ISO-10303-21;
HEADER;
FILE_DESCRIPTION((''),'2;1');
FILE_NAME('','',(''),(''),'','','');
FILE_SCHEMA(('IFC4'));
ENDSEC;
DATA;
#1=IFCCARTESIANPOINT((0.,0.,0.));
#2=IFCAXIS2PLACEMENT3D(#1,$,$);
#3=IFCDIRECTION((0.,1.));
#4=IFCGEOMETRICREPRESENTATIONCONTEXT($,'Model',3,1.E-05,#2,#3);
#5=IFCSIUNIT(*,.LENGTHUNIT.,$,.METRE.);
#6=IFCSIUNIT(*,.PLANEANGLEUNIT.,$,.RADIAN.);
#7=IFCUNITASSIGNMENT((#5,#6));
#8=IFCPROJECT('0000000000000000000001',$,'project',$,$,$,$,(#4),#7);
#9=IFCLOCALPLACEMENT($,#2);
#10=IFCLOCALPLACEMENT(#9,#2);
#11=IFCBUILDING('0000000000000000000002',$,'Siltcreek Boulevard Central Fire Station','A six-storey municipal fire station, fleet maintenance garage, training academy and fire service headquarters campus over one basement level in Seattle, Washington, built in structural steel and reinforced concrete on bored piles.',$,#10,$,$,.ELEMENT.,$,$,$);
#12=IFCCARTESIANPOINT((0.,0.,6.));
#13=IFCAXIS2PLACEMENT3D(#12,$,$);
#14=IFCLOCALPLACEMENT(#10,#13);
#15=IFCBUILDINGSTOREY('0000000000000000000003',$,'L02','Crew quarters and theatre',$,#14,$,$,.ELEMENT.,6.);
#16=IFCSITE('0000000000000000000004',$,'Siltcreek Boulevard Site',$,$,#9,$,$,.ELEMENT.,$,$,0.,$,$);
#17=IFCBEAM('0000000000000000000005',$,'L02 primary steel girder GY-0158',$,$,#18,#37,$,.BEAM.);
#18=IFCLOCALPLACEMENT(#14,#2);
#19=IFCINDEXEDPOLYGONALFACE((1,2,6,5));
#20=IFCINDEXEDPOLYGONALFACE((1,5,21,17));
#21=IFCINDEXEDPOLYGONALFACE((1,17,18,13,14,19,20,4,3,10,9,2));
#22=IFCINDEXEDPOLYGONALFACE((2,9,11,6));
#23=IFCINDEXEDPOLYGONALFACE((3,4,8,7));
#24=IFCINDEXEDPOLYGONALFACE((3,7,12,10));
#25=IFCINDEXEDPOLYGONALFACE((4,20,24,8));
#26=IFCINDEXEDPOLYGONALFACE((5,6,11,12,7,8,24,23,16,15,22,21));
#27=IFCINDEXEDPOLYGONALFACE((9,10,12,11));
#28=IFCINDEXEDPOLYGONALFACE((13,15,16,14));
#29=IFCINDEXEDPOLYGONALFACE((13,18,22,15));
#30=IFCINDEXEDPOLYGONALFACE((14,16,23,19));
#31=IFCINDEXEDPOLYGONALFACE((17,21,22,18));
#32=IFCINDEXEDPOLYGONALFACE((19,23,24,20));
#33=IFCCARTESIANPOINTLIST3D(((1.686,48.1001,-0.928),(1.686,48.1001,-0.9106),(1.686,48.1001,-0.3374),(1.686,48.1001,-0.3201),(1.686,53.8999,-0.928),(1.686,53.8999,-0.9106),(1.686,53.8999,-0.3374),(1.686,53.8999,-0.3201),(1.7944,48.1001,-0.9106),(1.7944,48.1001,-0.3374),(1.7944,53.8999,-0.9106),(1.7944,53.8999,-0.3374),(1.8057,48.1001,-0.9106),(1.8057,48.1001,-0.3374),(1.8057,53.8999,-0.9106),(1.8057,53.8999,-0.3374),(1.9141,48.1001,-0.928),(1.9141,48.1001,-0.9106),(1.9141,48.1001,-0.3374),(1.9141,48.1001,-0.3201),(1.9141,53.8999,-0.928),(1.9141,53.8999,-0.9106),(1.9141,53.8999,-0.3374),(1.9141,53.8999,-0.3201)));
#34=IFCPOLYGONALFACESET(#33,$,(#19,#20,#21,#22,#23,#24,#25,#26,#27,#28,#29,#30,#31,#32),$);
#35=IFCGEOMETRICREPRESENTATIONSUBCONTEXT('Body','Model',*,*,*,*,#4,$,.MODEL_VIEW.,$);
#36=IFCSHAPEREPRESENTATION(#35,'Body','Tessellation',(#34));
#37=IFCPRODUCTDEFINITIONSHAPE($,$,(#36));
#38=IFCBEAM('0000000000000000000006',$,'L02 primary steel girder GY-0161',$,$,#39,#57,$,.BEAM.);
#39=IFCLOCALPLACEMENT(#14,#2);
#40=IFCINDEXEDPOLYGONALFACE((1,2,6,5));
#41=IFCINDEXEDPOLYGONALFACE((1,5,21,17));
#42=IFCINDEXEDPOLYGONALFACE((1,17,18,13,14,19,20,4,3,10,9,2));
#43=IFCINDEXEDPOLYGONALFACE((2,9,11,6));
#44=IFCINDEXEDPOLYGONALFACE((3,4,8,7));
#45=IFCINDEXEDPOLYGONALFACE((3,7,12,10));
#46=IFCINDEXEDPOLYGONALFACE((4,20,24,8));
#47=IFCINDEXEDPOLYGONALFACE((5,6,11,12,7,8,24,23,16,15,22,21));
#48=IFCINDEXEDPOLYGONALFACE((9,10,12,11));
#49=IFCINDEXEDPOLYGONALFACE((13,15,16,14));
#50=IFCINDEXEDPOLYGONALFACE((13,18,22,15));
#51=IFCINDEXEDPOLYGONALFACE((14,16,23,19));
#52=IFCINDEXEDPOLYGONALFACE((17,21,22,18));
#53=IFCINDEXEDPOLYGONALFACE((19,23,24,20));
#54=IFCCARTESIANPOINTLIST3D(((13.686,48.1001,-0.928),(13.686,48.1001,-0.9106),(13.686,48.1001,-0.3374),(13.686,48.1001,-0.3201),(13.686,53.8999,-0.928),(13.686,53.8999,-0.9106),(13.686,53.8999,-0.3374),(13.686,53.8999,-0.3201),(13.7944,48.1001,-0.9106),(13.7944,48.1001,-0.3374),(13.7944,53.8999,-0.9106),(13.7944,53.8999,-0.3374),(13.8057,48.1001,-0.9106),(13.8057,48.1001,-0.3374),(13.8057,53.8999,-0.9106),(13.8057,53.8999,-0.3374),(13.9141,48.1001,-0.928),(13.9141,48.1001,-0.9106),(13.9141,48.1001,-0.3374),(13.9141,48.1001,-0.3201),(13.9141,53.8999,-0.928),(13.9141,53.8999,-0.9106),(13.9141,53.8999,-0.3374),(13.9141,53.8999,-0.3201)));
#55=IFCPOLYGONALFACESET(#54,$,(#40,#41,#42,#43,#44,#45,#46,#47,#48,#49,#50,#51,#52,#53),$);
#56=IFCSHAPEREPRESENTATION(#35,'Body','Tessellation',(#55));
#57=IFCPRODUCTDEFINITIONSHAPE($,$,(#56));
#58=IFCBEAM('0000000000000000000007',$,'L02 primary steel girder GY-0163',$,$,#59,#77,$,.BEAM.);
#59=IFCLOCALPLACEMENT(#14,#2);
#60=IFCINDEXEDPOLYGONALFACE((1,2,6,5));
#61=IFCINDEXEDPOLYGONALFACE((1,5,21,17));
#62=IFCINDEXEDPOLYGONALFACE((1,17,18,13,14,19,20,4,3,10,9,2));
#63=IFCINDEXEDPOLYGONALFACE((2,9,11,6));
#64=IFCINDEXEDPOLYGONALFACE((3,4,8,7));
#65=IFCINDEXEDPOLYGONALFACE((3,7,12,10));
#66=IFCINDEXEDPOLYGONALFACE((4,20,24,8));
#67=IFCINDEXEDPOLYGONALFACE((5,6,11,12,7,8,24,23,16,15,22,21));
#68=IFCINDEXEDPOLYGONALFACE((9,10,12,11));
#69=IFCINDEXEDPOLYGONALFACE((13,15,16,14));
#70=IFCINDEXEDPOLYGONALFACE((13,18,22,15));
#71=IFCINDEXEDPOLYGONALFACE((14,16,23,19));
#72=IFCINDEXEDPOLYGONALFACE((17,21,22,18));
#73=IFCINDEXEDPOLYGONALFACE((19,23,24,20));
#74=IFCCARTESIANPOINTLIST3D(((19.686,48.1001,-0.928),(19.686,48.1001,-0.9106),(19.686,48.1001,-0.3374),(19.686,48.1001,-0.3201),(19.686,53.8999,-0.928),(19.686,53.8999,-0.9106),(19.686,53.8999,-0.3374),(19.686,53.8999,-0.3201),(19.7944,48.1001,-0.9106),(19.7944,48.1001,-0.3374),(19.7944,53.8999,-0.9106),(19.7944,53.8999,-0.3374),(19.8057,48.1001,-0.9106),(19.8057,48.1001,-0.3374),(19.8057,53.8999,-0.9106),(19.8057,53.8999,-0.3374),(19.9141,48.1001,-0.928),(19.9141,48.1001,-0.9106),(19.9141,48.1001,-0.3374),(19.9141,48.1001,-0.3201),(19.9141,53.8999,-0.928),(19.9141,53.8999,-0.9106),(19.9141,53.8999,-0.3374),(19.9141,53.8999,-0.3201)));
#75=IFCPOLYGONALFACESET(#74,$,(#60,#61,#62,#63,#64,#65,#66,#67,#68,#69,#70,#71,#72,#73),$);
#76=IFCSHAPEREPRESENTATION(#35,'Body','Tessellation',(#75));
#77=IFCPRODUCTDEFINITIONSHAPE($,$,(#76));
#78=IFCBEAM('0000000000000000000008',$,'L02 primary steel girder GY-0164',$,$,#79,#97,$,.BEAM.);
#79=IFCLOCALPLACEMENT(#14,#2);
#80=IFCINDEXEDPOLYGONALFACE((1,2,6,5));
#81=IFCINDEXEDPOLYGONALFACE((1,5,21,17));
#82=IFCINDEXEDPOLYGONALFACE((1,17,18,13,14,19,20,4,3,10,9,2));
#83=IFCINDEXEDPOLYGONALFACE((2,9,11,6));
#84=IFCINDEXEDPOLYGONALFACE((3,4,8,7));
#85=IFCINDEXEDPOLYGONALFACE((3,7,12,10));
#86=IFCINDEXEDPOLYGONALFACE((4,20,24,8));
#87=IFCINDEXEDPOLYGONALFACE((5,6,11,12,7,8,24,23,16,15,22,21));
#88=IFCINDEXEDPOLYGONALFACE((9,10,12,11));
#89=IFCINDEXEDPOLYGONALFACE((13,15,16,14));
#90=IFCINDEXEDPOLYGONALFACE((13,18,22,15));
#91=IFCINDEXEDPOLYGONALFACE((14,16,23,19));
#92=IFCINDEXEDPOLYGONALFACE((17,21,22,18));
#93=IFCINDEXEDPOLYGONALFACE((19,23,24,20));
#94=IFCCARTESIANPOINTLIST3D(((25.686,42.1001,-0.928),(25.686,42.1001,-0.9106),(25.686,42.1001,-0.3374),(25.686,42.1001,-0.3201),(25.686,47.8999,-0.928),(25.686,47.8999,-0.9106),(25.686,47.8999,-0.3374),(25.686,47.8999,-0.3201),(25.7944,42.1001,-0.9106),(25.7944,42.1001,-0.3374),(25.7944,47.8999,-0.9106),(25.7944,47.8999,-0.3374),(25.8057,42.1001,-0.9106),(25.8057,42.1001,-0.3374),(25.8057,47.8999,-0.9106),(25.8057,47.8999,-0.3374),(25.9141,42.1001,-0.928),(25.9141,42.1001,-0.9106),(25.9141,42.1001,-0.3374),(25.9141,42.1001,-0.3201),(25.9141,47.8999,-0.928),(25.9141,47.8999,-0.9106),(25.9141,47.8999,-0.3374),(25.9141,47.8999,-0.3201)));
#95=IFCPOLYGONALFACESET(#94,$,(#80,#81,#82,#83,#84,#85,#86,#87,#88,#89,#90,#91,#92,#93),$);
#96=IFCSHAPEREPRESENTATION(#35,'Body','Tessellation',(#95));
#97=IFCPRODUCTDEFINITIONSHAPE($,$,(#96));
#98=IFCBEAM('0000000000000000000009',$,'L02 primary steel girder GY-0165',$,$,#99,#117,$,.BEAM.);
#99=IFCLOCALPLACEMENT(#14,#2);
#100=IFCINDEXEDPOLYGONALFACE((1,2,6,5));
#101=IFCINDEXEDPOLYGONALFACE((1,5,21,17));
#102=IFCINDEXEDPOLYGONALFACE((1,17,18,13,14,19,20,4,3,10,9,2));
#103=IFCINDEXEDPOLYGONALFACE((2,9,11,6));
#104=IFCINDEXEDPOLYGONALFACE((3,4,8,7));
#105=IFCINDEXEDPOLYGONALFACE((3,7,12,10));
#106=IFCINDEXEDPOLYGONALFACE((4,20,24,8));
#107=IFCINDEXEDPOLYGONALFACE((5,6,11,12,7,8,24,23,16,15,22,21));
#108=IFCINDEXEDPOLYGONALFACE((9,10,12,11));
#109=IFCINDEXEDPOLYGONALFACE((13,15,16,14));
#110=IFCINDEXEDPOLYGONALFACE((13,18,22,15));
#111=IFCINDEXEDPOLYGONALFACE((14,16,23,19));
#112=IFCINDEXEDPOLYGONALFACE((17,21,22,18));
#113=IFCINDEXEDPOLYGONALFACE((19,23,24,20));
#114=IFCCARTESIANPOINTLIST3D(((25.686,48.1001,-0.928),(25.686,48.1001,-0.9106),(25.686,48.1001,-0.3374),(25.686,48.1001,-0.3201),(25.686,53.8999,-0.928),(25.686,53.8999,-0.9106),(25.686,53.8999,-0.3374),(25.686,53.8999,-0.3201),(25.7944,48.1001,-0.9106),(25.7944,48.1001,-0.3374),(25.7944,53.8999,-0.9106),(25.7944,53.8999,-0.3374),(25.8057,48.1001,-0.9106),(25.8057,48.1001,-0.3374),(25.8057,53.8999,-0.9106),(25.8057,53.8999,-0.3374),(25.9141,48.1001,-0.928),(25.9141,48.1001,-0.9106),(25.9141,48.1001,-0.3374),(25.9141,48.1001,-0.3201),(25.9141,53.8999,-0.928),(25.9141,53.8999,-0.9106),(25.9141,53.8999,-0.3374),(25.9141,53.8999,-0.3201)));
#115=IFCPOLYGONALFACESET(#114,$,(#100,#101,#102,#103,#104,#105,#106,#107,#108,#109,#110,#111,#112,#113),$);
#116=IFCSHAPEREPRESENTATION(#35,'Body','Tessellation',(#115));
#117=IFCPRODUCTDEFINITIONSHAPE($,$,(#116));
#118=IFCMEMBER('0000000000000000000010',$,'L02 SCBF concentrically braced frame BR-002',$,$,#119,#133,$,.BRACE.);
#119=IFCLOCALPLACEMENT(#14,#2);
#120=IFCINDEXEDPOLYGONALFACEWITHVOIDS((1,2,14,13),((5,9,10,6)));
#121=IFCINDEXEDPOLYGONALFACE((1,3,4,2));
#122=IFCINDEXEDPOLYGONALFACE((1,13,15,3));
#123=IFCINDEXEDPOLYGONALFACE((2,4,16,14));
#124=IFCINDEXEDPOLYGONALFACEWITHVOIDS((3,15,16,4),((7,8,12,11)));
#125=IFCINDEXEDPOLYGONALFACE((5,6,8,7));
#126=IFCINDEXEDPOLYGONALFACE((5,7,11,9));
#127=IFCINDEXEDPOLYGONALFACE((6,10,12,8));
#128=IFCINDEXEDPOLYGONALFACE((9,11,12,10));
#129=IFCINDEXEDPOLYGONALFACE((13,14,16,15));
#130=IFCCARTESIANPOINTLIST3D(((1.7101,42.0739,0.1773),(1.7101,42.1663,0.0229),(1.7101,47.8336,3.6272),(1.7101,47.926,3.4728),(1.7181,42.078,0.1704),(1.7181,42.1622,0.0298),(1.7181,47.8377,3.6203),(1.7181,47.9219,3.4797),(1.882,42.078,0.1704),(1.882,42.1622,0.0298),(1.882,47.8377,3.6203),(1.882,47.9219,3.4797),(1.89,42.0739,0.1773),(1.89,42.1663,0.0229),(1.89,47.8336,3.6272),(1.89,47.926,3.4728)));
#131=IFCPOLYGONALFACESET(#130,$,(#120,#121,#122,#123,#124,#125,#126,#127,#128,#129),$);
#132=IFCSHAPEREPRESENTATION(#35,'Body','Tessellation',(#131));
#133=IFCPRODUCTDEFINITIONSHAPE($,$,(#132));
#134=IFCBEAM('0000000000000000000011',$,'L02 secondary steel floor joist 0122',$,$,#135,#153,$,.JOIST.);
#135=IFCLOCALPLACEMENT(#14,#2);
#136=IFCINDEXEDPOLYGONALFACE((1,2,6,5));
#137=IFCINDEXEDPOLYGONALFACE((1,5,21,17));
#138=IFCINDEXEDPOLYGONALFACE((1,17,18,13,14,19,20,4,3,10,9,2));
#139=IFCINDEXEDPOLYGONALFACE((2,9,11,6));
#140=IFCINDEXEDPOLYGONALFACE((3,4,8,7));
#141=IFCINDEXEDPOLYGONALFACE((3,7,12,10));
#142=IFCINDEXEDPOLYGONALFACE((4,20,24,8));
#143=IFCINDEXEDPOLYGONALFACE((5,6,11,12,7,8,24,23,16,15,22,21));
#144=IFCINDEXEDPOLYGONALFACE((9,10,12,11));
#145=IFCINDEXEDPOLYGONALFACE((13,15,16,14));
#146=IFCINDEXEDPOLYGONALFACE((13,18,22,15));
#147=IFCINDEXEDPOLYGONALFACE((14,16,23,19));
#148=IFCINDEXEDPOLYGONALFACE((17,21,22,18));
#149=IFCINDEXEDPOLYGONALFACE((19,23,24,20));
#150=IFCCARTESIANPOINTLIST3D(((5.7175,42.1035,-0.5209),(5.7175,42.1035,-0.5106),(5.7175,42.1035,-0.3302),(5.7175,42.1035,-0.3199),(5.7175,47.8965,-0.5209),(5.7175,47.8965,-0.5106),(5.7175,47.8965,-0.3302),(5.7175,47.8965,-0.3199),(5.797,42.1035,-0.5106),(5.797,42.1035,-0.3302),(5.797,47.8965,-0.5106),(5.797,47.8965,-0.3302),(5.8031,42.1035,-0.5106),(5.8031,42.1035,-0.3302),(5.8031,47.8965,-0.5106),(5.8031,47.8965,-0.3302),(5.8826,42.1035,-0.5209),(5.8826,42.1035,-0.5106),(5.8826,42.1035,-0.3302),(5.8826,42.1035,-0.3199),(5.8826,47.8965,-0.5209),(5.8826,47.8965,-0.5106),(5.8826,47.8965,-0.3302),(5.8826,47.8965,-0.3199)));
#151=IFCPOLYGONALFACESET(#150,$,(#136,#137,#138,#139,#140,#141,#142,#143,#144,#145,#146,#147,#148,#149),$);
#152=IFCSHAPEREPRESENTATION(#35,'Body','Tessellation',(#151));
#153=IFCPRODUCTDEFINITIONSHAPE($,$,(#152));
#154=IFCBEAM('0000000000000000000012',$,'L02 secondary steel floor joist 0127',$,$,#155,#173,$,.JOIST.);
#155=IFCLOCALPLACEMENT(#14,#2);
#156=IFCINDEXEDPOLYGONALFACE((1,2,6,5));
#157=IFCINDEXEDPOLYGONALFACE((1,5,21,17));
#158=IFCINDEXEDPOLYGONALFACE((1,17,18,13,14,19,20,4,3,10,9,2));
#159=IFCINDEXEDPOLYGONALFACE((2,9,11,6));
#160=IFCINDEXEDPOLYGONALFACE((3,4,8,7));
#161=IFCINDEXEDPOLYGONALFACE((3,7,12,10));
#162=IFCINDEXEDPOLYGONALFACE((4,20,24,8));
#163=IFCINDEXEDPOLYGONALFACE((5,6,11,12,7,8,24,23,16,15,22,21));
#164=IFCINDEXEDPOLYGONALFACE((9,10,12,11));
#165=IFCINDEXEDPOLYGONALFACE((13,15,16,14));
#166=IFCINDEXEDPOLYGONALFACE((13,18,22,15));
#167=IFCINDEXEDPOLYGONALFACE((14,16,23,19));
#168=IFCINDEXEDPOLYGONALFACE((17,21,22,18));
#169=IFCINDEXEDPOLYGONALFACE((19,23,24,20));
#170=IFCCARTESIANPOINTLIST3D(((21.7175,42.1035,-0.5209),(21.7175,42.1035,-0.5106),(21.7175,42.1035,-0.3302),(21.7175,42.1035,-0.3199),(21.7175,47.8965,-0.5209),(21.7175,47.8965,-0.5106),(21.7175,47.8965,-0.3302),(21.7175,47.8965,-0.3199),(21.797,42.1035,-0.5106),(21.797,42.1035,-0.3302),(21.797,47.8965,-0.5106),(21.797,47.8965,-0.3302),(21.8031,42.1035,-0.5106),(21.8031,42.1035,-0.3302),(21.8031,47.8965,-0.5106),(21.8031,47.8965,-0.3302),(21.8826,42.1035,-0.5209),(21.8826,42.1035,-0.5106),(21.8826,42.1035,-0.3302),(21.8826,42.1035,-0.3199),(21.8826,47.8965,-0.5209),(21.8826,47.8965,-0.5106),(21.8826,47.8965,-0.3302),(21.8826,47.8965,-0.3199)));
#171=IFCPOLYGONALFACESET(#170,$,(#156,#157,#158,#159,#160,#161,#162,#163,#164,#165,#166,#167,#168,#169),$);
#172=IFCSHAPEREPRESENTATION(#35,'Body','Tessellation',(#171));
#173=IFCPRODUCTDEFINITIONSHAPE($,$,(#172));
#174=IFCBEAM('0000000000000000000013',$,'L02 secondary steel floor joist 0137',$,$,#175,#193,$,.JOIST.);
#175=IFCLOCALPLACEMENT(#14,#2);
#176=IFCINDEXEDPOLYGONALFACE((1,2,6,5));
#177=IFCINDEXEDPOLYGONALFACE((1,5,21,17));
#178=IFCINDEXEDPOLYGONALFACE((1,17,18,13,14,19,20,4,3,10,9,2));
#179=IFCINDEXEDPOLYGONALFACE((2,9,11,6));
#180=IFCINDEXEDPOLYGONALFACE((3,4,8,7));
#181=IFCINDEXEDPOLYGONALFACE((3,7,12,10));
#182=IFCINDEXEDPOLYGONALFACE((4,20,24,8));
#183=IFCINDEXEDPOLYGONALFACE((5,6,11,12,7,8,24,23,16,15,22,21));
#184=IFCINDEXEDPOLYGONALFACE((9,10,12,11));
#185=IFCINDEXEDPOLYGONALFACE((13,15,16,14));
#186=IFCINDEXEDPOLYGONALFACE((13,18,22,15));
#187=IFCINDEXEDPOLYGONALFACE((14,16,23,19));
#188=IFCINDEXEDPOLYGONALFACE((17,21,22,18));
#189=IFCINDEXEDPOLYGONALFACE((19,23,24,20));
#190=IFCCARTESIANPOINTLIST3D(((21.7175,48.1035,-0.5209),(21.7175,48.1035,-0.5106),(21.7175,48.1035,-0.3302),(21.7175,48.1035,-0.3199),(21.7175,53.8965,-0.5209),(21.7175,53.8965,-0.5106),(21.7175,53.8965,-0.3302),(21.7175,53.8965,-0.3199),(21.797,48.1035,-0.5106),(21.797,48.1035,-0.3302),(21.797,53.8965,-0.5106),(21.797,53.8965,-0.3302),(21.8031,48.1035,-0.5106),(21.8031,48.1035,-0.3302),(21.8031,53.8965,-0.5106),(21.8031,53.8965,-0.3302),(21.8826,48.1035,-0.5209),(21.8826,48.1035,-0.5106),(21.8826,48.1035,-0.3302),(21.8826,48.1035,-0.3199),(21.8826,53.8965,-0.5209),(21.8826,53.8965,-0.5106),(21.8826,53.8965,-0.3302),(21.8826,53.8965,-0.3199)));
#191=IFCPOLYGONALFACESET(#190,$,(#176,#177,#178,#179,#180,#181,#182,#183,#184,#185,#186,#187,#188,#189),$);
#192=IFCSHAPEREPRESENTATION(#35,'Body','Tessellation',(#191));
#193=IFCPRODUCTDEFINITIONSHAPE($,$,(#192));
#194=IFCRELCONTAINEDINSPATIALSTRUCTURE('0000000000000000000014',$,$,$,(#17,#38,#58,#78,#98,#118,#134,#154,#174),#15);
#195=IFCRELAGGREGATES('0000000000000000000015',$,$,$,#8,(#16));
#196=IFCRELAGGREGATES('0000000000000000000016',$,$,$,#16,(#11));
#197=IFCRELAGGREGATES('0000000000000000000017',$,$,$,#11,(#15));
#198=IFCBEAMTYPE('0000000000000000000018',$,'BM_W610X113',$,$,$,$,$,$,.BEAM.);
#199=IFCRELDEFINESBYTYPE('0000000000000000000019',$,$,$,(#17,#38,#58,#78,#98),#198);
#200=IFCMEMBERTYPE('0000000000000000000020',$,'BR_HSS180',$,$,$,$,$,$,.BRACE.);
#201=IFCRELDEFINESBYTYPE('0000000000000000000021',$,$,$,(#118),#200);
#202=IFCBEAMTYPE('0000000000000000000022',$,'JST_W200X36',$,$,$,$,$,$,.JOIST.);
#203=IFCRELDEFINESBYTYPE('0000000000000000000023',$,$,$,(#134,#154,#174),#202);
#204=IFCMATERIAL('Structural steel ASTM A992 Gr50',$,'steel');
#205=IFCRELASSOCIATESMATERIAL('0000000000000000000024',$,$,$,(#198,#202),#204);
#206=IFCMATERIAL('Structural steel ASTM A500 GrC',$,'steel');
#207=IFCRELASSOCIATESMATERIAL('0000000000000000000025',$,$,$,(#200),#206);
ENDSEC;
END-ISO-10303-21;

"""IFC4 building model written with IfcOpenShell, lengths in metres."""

from ifc_helpers import new_model, si_unit, direction, frame, origin, origin_2d, place, context, subcontext, project, spatial, hollow_rectangle, i_section, extrude, material, material_profile, profile_set, type_object, element, save


model = new_model("IFC4")

# Units and contexts
model_context = context("Model", 3, precision=1e-05, world=origin(), true_north=direction((0.0, 1.0)))
body_context = subcontext(model_context, "Body", "Model", "MODEL_VIEW")
ifc_project = project(units=[si_unit("LENGTHUNIT", "METRE"), si_unit("PLANEANGLEUNIT", "RADIAN")], contexts=[model_context])

# Site, building, storey
site_placement = place(None, origin())
site = spatial("IfcSite", under=ifc_project, at=site_placement, Name="Siltcreek Boulevard Site", CompositionType="ELEMENT", RefElevation=0.0)
building_placement = place(site_placement, origin())
building = spatial("IfcBuilding", under=site, at=building_placement, Name="Siltcreek Boulevard Central Fire Station", Description="A six-storey municipal fire station, fleet maintenance garage, training academy and fire service headquarters campus over one basement level in Seattle, Washington, built in structural steel and reinforced concrete on bored piles.", CompositionType="ELEMENT")
storey_placement = place(building_placement, frame((0.0, 0.0, 6.0)))
storey = spatial("IfcBuildingStorey", under=building, at=storey_placement, Name="L02", Description="Crew quarters and theatre", CompositionType="ELEMENT", Elevation=6.0)

# Shared definitions
ifc_material_1 = material(Name="Structural steel ASTM A992 Gr50", Category="steel")

# Beams
ifc_material_profile_1 = material_profile(ifc_material_1, i_section(OverallWidth=0.228, OverallDepth=0.6079, WebThickness=0.0112, FlangeThickness=0.0173, at=origin_2d()), Name="W610X113")
ifc_profile_set_1 = profile_set([ifc_material_profile_1], Name="Structural steel ASTM A992 Gr50")
beam_type_1 = type_object("IfcBeamType", Name="BM_W610X113", PredefinedType="BEAM", material=ifc_profile_set_1)
for number, where, z_axis, x_axis, name in (
    (1, (1.8, 48.1001, -0.624), (0.0, 1.0, 0.0), (-1.0, 0.0, 0.0), "L02 primary steel girder GY-0158"),
    (2, (13.8, 48.1001, -0.624), (0.0, 1.0, 0.0), (-1.0, 0.0, 0.0), "L02 primary steel girder GY-0161"),
    (3, (19.8, 48.1001, -0.624), (0.0, 1.0, 0.0), (-1.0, 0.0, 0.0), "L02 primary steel girder GY-0163"),
    (4, (25.8, 42.1001, -0.624), (0.0, 1.0, 0.0), (-1.0, 0.0, 0.0), "L02 primary steel girder GY-0164"),
    (5, (25.8, 48.1001, -0.624), (0.0, 1.0, 0.0), (-1.0, 0.0, 0.0), "L02 primary steel girder GY-0165"),
):
    element("IfcBeam", number, at=place(storey_placement, frame(where, z_axis=z_axis, x_axis=x_axis)), inside=storey, type_object=beam_type_1, Name=name, PredefinedType="BEAM", context=body_context, shape_type="SweptSolid", body=[
        extrude(i_section(OverallWidth=0.228, OverallDepth=0.6079, WebThickness=0.0112, FlangeThickness=0.0173, at=origin_2d()), origin(), (0.0, 0.0, 1.0), 5.7998),
    ])

# Member
ifc_material_2 = material(Name="Structural steel ASTM A500 GrC", Category="steel")
ifc_material_profile_2 = material_profile(ifc_material_2, hollow_rectangle(XDim=0.1799, YDim=0.1799, WallThickness=0.0081, at=origin_2d()), Name="HSS180X180X8.0")
ifc_profile_set_2 = profile_set([ifc_material_profile_2], Name="Structural steel ASTM A500 GrC")
member_type = type_object("IfcMemberType", Name="BR_HSS180", PredefinedType="BRACE", material=ifc_profile_set_2)
member_placement = place(storey_placement, frame((1.8, 42.1201, 0.1001), z_axis=(0.0, 0.857881, 0.513849), x_axis=(-1.0, 0.0, 0.0)))
element("IfcMember", 6, at=member_placement, inside=storey, type_object=member_type, Name="L02 SCBF concentrically braced frame BR-002", PredefinedType="BRACE", context=body_context, shape_type="SweptSolid", body=[
    extrude(hollow_rectangle(XDim=0.1799, YDim=0.1799, WallThickness=0.0081, at=origin_2d()), origin(), (0.0, 0.0, 1.0), 6.7139),
])

# Beams
ifc_material_profile_3 = material_profile(ifc_material_1, i_section(OverallWidth=0.165, OverallDepth=0.2009, WebThickness=0.0061, FlangeThickness=0.0103, at=origin_2d()), Name="W200X36")
ifc_profile_set_3 = profile_set([ifc_material_profile_3], Name="Structural steel ASTM A992 Gr50")
beam_type_2 = type_object("IfcBeamType", Name="JST_W200X36", PredefinedType="JOIST", material=ifc_profile_set_3)
for number, where, z_axis, x_axis, name in (
    (7, (5.8, 42.1035, -0.4204), (0.0, 1.0, 0.0), (-1.0, 0.0, 0.0), "L02 secondary steel floor joist 0122"),
    (8, (21.8, 42.1035, -0.4204), (0.0, 1.0, 0.0), (-1.0, 0.0, 0.0), "L02 secondary steel floor joist 0127"),
    (9, (21.8, 48.1035, -0.4204), (0.0, 1.0, 0.0), (-1.0, 0.0, 0.0), "L02 secondary steel floor joist 0137"),
):
    element("IfcBeam", number, at=place(storey_placement, frame(where, z_axis=z_axis, x_axis=x_axis)), inside=storey, type_object=beam_type_2, Name=name, PredefinedType="JOIST", context=body_context, shape_type="SweptSolid", body=[
        extrude(i_section(OverallWidth=0.165, OverallDepth=0.2009, WebThickness=0.0061, FlangeThickness=0.0103, at=origin_2d()), origin(), (0.0, 0.0, 1.0), 5.793),
    ])

save(model, "model.ifc")
